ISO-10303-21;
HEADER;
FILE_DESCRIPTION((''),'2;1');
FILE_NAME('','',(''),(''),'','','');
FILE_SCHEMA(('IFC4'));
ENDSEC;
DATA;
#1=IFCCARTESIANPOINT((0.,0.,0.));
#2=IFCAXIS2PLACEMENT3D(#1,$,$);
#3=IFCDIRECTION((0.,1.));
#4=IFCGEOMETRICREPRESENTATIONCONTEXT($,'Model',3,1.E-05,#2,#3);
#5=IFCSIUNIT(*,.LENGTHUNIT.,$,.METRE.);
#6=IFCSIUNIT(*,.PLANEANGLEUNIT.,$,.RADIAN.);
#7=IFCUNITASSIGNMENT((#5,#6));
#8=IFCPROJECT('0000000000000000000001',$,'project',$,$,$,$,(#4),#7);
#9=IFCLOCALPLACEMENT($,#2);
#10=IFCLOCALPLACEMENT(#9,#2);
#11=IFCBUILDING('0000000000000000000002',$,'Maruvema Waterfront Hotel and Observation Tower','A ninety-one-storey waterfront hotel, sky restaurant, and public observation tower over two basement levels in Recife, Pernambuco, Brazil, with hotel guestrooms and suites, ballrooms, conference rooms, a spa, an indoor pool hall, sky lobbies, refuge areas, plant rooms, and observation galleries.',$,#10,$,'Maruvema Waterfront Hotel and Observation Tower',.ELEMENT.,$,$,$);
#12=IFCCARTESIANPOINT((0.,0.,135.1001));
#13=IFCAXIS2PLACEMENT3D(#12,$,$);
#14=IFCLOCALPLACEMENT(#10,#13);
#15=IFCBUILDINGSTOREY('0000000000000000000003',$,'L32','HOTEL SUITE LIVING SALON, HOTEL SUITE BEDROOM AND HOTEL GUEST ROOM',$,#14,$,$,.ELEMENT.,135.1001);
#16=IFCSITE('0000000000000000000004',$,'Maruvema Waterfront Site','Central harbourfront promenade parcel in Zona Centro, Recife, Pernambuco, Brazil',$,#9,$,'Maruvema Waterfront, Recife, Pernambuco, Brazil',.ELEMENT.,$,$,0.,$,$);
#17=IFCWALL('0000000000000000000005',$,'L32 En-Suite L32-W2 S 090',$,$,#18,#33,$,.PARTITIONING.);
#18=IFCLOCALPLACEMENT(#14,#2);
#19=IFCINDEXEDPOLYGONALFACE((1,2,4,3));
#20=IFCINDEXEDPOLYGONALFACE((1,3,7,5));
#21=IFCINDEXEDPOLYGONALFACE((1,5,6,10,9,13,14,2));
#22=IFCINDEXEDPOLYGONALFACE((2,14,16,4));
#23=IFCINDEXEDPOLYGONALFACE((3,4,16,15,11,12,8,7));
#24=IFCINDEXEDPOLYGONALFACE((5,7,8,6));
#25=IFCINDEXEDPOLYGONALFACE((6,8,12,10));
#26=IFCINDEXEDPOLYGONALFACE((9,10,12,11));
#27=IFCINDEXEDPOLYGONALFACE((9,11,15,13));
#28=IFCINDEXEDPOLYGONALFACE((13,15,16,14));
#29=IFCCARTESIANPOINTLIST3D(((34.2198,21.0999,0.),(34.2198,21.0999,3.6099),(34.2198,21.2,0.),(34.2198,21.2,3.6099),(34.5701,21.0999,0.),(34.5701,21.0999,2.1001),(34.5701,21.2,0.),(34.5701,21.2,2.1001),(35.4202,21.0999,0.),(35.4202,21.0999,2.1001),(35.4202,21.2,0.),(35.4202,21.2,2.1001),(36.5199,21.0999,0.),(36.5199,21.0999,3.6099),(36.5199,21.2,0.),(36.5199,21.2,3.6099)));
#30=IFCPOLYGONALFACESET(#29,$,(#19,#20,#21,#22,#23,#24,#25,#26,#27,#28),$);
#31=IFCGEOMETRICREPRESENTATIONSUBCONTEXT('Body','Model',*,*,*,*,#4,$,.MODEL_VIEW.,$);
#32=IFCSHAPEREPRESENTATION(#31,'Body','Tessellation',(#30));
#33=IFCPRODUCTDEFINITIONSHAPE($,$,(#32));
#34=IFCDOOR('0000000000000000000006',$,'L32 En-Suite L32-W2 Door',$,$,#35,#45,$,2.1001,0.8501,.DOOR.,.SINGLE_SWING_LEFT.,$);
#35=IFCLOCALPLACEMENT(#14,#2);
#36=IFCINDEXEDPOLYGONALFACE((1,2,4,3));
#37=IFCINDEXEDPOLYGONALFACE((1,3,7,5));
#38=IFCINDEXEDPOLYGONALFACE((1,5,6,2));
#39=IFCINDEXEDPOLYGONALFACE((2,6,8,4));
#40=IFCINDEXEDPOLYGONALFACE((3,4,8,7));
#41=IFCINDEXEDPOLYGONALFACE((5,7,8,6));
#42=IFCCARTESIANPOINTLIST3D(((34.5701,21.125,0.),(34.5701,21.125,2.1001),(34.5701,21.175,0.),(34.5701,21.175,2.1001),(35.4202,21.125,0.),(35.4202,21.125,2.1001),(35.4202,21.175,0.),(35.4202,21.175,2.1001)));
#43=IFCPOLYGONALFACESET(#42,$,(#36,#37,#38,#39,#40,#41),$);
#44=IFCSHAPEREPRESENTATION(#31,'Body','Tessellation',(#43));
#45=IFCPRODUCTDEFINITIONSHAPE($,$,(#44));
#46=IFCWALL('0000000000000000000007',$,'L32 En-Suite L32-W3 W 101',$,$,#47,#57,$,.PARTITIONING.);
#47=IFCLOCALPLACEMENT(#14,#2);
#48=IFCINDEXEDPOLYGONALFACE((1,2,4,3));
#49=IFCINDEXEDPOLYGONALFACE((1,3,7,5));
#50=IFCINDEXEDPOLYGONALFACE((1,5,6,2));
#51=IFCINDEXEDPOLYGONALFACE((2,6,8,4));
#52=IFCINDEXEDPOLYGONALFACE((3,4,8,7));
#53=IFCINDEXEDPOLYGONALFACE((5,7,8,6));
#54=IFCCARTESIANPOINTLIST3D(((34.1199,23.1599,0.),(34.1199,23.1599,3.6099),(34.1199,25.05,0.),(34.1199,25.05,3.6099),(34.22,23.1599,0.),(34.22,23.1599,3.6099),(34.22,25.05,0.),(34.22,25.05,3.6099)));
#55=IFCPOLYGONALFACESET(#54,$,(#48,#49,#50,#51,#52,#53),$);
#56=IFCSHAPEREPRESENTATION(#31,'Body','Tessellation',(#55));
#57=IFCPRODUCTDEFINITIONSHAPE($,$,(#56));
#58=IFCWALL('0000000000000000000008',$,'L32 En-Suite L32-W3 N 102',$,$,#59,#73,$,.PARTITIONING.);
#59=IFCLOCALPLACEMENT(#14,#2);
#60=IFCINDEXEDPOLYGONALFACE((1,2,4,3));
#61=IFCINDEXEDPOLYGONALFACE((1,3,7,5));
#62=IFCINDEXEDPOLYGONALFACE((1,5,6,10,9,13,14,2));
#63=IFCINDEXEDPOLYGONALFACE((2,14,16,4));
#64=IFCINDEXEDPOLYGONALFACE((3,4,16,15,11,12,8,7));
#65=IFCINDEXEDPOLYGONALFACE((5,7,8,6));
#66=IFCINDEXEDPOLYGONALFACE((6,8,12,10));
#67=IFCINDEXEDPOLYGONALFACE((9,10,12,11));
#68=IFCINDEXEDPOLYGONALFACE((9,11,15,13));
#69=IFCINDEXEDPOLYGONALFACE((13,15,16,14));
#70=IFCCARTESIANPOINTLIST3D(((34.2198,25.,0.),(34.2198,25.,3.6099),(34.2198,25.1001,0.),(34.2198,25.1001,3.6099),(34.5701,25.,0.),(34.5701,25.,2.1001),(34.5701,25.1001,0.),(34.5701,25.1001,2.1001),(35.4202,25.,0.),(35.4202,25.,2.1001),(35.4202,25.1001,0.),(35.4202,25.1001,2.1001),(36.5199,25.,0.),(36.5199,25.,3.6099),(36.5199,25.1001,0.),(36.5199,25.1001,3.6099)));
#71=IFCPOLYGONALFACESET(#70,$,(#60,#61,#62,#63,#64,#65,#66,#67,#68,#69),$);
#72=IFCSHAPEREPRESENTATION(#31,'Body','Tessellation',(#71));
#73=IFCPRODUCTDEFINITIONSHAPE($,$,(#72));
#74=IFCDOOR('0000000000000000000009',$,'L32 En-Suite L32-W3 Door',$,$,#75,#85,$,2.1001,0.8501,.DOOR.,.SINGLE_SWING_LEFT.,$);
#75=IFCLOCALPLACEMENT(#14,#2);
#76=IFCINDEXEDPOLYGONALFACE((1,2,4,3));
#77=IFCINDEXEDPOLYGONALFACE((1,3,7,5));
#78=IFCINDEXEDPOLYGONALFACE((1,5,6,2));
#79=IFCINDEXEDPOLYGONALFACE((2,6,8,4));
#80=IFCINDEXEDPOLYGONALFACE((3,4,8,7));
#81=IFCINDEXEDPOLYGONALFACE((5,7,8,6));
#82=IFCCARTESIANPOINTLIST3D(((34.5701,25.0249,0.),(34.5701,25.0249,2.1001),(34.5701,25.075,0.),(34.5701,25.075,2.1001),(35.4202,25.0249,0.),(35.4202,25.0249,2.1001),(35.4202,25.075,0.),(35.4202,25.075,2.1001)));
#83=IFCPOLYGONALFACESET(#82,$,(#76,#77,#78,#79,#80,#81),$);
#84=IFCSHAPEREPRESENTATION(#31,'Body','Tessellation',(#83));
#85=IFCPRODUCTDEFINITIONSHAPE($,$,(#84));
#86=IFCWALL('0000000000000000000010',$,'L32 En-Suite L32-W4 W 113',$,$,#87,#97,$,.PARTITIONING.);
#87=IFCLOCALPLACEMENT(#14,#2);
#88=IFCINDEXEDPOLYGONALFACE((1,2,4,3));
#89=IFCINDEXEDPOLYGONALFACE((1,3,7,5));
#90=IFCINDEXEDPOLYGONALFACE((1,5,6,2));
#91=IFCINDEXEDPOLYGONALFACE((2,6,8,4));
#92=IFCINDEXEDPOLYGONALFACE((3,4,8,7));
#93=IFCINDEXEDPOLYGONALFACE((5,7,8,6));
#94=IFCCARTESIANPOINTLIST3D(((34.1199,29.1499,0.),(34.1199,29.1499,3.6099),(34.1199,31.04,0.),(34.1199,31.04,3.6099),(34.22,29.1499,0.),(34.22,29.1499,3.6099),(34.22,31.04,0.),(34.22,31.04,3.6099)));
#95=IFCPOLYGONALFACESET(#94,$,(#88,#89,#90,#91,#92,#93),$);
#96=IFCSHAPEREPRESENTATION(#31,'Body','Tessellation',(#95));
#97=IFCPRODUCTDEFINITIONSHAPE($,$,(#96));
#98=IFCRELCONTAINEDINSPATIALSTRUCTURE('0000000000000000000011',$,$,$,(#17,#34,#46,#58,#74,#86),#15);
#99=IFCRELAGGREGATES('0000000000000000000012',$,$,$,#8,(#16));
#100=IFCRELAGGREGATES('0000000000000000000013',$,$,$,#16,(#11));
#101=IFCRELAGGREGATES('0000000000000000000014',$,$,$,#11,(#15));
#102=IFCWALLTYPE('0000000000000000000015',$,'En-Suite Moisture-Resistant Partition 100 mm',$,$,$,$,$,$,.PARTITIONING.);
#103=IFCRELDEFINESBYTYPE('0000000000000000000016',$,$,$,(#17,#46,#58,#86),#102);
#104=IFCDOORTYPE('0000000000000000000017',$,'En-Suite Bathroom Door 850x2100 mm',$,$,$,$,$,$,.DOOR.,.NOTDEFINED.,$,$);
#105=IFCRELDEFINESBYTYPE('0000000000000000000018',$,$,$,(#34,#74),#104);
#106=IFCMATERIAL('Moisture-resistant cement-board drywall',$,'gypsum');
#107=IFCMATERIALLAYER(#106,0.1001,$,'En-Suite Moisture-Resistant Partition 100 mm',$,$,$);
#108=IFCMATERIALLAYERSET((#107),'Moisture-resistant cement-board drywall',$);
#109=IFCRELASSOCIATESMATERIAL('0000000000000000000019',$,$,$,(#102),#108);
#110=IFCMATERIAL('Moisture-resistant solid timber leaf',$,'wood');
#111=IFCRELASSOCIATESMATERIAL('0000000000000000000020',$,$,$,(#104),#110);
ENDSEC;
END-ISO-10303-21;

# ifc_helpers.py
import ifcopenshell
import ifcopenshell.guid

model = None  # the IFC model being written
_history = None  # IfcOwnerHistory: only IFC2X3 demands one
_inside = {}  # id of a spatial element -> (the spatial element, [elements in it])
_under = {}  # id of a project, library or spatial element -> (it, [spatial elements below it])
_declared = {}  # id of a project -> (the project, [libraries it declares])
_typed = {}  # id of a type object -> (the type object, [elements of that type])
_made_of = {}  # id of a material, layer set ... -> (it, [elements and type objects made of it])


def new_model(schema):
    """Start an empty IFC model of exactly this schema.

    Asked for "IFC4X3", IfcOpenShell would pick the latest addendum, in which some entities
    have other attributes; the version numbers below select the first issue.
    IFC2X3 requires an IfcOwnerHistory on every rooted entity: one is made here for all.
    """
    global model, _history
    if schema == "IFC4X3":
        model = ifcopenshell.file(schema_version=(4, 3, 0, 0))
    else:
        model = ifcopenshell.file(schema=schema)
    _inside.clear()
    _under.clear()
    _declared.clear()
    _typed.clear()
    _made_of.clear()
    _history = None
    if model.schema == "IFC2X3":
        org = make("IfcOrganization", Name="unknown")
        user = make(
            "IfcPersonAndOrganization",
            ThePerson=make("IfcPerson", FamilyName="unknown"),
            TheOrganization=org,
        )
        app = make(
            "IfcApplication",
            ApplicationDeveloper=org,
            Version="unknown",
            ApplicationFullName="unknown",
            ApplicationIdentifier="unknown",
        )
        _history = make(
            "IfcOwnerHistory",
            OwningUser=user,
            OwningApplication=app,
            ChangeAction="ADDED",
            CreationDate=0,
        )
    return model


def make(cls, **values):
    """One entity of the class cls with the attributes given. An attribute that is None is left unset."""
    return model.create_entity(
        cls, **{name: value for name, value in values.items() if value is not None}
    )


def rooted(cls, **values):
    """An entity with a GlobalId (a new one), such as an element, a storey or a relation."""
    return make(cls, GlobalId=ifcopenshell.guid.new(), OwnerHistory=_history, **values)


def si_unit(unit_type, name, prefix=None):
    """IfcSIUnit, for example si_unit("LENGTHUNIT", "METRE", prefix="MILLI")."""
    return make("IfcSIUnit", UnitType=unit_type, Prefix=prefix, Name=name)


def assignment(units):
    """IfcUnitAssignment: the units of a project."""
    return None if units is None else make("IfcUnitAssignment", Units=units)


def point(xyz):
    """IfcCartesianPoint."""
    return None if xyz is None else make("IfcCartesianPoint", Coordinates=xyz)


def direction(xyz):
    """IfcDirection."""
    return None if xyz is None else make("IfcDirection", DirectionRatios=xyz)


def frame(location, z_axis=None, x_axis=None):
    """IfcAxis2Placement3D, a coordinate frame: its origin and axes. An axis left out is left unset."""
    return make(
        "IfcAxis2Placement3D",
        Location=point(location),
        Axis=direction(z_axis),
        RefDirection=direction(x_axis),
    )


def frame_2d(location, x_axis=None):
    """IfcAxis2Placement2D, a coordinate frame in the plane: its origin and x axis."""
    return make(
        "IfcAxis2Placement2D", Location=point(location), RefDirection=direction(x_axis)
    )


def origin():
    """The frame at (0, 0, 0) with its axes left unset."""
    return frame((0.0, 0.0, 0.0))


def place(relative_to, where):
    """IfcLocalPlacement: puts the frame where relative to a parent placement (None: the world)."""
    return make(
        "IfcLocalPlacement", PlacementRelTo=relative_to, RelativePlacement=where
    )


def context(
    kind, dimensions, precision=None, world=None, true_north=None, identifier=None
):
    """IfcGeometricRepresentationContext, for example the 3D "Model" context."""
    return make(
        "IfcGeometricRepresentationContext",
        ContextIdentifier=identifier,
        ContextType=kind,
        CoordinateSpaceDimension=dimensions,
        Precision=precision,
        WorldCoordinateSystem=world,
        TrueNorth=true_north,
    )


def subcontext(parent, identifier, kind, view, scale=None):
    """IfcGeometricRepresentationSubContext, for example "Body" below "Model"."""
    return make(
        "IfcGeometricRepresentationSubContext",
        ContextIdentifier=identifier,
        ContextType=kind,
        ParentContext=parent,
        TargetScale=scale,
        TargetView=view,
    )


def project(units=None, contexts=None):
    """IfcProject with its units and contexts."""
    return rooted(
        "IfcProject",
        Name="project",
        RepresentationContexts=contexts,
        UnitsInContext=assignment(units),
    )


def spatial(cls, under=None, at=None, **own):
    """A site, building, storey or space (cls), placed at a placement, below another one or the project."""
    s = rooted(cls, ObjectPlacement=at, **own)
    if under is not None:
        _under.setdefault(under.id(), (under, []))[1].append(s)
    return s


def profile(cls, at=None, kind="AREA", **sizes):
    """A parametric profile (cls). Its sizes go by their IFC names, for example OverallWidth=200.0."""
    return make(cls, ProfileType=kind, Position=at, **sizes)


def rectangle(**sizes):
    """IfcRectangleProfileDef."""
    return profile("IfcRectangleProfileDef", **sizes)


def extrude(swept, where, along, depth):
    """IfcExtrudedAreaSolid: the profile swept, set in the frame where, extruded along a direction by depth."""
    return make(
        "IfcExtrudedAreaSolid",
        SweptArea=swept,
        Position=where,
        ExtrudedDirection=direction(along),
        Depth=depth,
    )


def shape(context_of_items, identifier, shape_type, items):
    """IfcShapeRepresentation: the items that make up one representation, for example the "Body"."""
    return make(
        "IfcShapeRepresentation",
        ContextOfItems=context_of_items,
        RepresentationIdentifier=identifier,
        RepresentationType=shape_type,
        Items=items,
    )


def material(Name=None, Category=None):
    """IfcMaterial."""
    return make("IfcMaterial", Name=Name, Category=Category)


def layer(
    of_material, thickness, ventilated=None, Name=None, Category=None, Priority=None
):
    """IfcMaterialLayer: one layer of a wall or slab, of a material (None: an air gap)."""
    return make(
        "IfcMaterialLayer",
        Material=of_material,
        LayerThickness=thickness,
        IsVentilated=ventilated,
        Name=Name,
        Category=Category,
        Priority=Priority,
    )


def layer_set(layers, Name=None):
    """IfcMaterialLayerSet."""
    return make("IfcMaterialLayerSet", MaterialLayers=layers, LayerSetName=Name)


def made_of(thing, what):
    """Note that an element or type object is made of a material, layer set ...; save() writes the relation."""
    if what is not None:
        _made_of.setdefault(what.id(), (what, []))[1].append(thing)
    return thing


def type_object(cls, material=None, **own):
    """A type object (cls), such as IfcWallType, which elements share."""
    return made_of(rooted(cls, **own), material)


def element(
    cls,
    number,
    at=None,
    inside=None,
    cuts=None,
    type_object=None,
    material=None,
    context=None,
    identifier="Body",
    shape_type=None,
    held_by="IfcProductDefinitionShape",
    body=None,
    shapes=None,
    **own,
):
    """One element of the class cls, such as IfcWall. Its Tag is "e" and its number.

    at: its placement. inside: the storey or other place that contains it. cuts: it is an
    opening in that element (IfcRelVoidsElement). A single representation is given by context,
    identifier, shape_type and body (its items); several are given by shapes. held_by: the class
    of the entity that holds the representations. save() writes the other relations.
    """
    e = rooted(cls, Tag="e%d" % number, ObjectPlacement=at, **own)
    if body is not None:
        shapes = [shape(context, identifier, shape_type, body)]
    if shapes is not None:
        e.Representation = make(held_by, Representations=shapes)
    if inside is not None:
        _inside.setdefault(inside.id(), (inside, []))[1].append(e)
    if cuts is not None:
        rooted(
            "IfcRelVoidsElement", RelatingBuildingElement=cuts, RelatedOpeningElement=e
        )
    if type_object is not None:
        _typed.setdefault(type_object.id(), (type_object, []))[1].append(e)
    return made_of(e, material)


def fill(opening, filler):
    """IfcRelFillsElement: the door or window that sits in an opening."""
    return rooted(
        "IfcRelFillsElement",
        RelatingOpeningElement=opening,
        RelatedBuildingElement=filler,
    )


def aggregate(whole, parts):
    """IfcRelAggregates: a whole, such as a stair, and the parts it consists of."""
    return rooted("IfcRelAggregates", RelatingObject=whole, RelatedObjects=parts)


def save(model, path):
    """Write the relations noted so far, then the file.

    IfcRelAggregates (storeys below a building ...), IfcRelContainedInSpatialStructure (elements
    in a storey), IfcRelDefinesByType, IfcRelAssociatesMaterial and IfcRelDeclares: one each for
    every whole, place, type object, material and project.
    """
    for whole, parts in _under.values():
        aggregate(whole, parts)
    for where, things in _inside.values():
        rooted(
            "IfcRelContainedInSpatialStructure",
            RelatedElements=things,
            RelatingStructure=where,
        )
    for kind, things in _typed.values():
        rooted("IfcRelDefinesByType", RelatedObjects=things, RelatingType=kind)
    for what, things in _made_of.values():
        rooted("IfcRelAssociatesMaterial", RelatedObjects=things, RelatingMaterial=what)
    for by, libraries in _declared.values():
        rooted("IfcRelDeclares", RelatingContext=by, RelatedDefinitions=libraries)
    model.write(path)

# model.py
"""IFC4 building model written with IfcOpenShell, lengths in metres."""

from ifc_helpers import new_model, si_unit, direction, frame, frame_2d, origin, place, context, subcontext, project, spatial, rectangle, extrude, material, layer, layer_set, type_object, element, fill, save


model = new_model("IFC4")

# Units and contexts
model_context = context("Model", 3, precision=1e-05, world=origin(), true_north=direction((0.0, 1.0)))
body_context = subcontext(model_context, "Body", "Model", "MODEL_VIEW")
ifc_project = project(units=[si_unit("LENGTHUNIT", "METRE"), si_unit("PLANEANGLEUNIT", "RADIAN")], contexts=[model_context])

# Site, building, storey
site_placement = place(None, origin())
site = spatial("IfcSite", under=ifc_project, at=site_placement, Name="Maruvema Waterfront Site", Description="Central harbourfront promenade parcel in Zona Centro, Recife, Pernambuco, Brazil", LongName="Maruvema Waterfront, Recife, Pernambuco, Brazil", CompositionType="ELEMENT", RefElevation=0.0)
building_placement = place(site_placement, origin())
building = spatial("IfcBuilding", under=site, at=building_placement, Name="Maruvema Waterfront Hotel and Observation Tower", Description="A ninety-one-storey waterfront hotel, sky restaurant, and public observation tower over two basement levels in Recife, Pernambuco, Brazil, with hotel guestrooms and suites, ballrooms, conference rooms, a spa, an indoor pool hall, sky lobbies, refuge areas, plant rooms, and observation galleries.", LongName="Maruvema Waterfront Hotel and Observation Tower", CompositionType="ELEMENT")
storey_placement = place(building_placement, frame((0.0, 0.0, 135.1001)))
storey = spatial("IfcBuildingStorey", under=building, at=storey_placement, Name="L32", Description="HOTEL SUITE LIVING SALON, HOTEL SUITE BEDROOM AND HOTEL GUEST ROOM", CompositionType="ELEMENT", Elevation=135.1001)

# Shared definitions
ifc_material_1 = material(Name="Moisture-resistant cement-board drywall", Category="gypsum")
ifc_layer_1 = layer(ifc_material_1, 0.1001, Name="En-Suite Moisture-Resistant Partition 100 mm")
ifc_layer_set_1 = layer_set([ifc_layer_1], Name="Moisture-resistant cement-board drywall")
wall_type_1 = type_object("IfcWallType", Name="En-Suite Moisture-Resistant Partition 100 mm", PredefinedType="PARTITIONING", material=ifc_layer_set_1)

# Wall, opening, door
wall_1_placement = place(storey_placement, frame((34.22, 21.1499, 0.0), z_axis=(0.0, 0.0, 1.0), x_axis=(1.0, 0.0, 0.0)))
wall_1 = element("IfcWall", 1, at=wall_1_placement, inside=storey, type_object=wall_type_1, Name="L32 En-Suite L32-W2 S 090", PredefinedType="PARTITIONING", context=body_context, shape_type="SweptSolid", body=[
    extrude(rectangle(XDim=2.3, YDim=0.1001, at=frame_2d((1.1499, 0.0))), origin(), (0.0, 0.0, 1.0), 3.6099),
])
opening_1_placement = place(wall_1_placement, frame((0.3501, 0.0, 0.0)))
opening_1 = element("IfcOpeningElement", 2, at=opening_1_placement, cuts=wall_1, PredefinedType="OPENING", context=body_context, shape_type="SweptSolid", body=[
    extrude(rectangle(XDim=0.8501, YDim=2.1001, at=frame_2d((0.425, 1.05))), frame((0.0, 0.0601, 0.0), z_axis=(0.0, -1.0, 0.0), x_axis=(1.0, 0.0, 0.0)), (0.0, 0.0, 1.0), 0.1201),
])
ifc_material_2 = material(Name="Moisture-resistant solid timber leaf", Category="wood")
door_type_1 = type_object("IfcDoorType", Name="En-Suite Bathroom Door 850x2100 mm", OperationType="NOTDEFINED", PredefinedType="DOOR", material=ifc_material_2)
door_1_placement = place(opening_1_placement, frame((0.8501, 0.0, 0.0), z_axis=(0.0, 0.0, 1.0), x_axis=(-1.0, 0.0, 0.0)))
door_1 = element("IfcDoor", 3, at=door_1_placement, inside=storey, type_object=door_type_1, Name="L32 En-Suite L32-W2 Door", OperationType="SINGLE_SWING_LEFT", OverallHeight=2.1001, OverallWidth=0.8501, PredefinedType="DOOR", context=body_context, shape_type="SweptSolid", body=[
    extrude(rectangle(XDim=0.8501, YDim=2.1001, at=frame_2d((0.425, 1.05))), frame((0.0, 0.0249, 0.0), z_axis=(0.0, -1.0, 0.0), x_axis=(1.0, 0.0, 0.0)), (0.0, 0.0, 1.0), 0.05),
])
fill(opening_1, door_1)

# Wall
wall_2_placement = place(storey_placement, frame((34.1699, 23.1599, 0.0), z_axis=(0.0, 0.0, 1.0), x_axis=(0.0, 1.0, 0.0)))
element("IfcWall", 4, at=wall_2_placement, inside=storey, type_object=wall_type_1, Name="L32 En-Suite L32-W3 W 101", PredefinedType="PARTITIONING", context=body_context, shape_type="SweptSolid", body=[
    extrude(rectangle(XDim=1.8901, YDim=0.1001, at=frame_2d((0.9451, 0.0))), origin(), (0.0, 0.0, 1.0), 3.6099),
])

# Wall, opening, door
wall_3_placement = place(storey_placement, frame((34.22, 25.05, 0.0), z_axis=(0.0, 0.0, 1.0), x_axis=(1.0, 0.0, 0.0)))
wall_3 = element("IfcWall", 5, at=wall_3_placement, inside=storey, type_object=wall_type_1, Name="L32 En-Suite L32-W3 N 102", PredefinedType="PARTITIONING", context=body_context, shape_type="SweptSolid", body=[
    extrude(rectangle(XDim=2.3, YDim=0.1001, at=frame_2d((1.1499, 0.0))), origin(), (0.0, 0.0, 1.0), 3.6099),
])
opening_2_placement = place(wall_3_placement, frame((0.3501, 0.0, 0.0)))
opening_2 = element("IfcOpeningElement", 6, at=opening_2_placement, cuts=wall_3, PredefinedType="OPENING", context=body_context, shape_type="SweptSolid", body=[
    extrude(rectangle(XDim=0.8501, YDim=2.1001, at=frame_2d((0.425, 1.05))), frame((0.0, 0.0601, 0.0), z_axis=(0.0, -1.0, 0.0), x_axis=(1.0, 0.0, 0.0)), (0.0, 0.0, 1.0), 0.1201),
])
door_2_placement = place(opening_2_placement, origin())
door_2 = element("IfcDoor", 7, at=door_2_placement, inside=storey, type_object=door_type_1, Name="L32 En-Suite L32-W3 Door", OperationType="SINGLE_SWING_LEFT", OverallHeight=2.1001, OverallWidth=0.8501, PredefinedType="DOOR", context=body_context, shape_type="SweptSolid", body=[
    extrude(rectangle(XDim=0.8501, YDim=2.1001, at=frame_2d((0.425, 1.05))), frame((0.0, 0.0249, 0.0), z_axis=(0.0, -1.0, 0.0), x_axis=(1.0, 0.0, 0.0)), (0.0, 0.0, 1.0), 0.05),
])
fill(opening_2, door_2)

# Wall
wall_4_placement = place(storey_placement, frame((34.1699, 29.1499, 0.0), z_axis=(0.0, 0.0, 1.0), x_axis=(0.0, 1.0, 0.0)))
element("IfcWall", 8, at=wall_4_placement, inside=storey, type_object=wall_type_1, Name="L32 En-Suite L32-W4 W 113", PredefinedType="PARTITIONING", context=body_context, shape_type="SweptSolid", body=[
    extrude(rectangle(XDim=1.8901, YDim=0.1001, at=frame_2d((0.9451, 0.0))), origin(), (0.0, 0.0, 1.0), 3.6099),
])

save(model, "model.ifc")
